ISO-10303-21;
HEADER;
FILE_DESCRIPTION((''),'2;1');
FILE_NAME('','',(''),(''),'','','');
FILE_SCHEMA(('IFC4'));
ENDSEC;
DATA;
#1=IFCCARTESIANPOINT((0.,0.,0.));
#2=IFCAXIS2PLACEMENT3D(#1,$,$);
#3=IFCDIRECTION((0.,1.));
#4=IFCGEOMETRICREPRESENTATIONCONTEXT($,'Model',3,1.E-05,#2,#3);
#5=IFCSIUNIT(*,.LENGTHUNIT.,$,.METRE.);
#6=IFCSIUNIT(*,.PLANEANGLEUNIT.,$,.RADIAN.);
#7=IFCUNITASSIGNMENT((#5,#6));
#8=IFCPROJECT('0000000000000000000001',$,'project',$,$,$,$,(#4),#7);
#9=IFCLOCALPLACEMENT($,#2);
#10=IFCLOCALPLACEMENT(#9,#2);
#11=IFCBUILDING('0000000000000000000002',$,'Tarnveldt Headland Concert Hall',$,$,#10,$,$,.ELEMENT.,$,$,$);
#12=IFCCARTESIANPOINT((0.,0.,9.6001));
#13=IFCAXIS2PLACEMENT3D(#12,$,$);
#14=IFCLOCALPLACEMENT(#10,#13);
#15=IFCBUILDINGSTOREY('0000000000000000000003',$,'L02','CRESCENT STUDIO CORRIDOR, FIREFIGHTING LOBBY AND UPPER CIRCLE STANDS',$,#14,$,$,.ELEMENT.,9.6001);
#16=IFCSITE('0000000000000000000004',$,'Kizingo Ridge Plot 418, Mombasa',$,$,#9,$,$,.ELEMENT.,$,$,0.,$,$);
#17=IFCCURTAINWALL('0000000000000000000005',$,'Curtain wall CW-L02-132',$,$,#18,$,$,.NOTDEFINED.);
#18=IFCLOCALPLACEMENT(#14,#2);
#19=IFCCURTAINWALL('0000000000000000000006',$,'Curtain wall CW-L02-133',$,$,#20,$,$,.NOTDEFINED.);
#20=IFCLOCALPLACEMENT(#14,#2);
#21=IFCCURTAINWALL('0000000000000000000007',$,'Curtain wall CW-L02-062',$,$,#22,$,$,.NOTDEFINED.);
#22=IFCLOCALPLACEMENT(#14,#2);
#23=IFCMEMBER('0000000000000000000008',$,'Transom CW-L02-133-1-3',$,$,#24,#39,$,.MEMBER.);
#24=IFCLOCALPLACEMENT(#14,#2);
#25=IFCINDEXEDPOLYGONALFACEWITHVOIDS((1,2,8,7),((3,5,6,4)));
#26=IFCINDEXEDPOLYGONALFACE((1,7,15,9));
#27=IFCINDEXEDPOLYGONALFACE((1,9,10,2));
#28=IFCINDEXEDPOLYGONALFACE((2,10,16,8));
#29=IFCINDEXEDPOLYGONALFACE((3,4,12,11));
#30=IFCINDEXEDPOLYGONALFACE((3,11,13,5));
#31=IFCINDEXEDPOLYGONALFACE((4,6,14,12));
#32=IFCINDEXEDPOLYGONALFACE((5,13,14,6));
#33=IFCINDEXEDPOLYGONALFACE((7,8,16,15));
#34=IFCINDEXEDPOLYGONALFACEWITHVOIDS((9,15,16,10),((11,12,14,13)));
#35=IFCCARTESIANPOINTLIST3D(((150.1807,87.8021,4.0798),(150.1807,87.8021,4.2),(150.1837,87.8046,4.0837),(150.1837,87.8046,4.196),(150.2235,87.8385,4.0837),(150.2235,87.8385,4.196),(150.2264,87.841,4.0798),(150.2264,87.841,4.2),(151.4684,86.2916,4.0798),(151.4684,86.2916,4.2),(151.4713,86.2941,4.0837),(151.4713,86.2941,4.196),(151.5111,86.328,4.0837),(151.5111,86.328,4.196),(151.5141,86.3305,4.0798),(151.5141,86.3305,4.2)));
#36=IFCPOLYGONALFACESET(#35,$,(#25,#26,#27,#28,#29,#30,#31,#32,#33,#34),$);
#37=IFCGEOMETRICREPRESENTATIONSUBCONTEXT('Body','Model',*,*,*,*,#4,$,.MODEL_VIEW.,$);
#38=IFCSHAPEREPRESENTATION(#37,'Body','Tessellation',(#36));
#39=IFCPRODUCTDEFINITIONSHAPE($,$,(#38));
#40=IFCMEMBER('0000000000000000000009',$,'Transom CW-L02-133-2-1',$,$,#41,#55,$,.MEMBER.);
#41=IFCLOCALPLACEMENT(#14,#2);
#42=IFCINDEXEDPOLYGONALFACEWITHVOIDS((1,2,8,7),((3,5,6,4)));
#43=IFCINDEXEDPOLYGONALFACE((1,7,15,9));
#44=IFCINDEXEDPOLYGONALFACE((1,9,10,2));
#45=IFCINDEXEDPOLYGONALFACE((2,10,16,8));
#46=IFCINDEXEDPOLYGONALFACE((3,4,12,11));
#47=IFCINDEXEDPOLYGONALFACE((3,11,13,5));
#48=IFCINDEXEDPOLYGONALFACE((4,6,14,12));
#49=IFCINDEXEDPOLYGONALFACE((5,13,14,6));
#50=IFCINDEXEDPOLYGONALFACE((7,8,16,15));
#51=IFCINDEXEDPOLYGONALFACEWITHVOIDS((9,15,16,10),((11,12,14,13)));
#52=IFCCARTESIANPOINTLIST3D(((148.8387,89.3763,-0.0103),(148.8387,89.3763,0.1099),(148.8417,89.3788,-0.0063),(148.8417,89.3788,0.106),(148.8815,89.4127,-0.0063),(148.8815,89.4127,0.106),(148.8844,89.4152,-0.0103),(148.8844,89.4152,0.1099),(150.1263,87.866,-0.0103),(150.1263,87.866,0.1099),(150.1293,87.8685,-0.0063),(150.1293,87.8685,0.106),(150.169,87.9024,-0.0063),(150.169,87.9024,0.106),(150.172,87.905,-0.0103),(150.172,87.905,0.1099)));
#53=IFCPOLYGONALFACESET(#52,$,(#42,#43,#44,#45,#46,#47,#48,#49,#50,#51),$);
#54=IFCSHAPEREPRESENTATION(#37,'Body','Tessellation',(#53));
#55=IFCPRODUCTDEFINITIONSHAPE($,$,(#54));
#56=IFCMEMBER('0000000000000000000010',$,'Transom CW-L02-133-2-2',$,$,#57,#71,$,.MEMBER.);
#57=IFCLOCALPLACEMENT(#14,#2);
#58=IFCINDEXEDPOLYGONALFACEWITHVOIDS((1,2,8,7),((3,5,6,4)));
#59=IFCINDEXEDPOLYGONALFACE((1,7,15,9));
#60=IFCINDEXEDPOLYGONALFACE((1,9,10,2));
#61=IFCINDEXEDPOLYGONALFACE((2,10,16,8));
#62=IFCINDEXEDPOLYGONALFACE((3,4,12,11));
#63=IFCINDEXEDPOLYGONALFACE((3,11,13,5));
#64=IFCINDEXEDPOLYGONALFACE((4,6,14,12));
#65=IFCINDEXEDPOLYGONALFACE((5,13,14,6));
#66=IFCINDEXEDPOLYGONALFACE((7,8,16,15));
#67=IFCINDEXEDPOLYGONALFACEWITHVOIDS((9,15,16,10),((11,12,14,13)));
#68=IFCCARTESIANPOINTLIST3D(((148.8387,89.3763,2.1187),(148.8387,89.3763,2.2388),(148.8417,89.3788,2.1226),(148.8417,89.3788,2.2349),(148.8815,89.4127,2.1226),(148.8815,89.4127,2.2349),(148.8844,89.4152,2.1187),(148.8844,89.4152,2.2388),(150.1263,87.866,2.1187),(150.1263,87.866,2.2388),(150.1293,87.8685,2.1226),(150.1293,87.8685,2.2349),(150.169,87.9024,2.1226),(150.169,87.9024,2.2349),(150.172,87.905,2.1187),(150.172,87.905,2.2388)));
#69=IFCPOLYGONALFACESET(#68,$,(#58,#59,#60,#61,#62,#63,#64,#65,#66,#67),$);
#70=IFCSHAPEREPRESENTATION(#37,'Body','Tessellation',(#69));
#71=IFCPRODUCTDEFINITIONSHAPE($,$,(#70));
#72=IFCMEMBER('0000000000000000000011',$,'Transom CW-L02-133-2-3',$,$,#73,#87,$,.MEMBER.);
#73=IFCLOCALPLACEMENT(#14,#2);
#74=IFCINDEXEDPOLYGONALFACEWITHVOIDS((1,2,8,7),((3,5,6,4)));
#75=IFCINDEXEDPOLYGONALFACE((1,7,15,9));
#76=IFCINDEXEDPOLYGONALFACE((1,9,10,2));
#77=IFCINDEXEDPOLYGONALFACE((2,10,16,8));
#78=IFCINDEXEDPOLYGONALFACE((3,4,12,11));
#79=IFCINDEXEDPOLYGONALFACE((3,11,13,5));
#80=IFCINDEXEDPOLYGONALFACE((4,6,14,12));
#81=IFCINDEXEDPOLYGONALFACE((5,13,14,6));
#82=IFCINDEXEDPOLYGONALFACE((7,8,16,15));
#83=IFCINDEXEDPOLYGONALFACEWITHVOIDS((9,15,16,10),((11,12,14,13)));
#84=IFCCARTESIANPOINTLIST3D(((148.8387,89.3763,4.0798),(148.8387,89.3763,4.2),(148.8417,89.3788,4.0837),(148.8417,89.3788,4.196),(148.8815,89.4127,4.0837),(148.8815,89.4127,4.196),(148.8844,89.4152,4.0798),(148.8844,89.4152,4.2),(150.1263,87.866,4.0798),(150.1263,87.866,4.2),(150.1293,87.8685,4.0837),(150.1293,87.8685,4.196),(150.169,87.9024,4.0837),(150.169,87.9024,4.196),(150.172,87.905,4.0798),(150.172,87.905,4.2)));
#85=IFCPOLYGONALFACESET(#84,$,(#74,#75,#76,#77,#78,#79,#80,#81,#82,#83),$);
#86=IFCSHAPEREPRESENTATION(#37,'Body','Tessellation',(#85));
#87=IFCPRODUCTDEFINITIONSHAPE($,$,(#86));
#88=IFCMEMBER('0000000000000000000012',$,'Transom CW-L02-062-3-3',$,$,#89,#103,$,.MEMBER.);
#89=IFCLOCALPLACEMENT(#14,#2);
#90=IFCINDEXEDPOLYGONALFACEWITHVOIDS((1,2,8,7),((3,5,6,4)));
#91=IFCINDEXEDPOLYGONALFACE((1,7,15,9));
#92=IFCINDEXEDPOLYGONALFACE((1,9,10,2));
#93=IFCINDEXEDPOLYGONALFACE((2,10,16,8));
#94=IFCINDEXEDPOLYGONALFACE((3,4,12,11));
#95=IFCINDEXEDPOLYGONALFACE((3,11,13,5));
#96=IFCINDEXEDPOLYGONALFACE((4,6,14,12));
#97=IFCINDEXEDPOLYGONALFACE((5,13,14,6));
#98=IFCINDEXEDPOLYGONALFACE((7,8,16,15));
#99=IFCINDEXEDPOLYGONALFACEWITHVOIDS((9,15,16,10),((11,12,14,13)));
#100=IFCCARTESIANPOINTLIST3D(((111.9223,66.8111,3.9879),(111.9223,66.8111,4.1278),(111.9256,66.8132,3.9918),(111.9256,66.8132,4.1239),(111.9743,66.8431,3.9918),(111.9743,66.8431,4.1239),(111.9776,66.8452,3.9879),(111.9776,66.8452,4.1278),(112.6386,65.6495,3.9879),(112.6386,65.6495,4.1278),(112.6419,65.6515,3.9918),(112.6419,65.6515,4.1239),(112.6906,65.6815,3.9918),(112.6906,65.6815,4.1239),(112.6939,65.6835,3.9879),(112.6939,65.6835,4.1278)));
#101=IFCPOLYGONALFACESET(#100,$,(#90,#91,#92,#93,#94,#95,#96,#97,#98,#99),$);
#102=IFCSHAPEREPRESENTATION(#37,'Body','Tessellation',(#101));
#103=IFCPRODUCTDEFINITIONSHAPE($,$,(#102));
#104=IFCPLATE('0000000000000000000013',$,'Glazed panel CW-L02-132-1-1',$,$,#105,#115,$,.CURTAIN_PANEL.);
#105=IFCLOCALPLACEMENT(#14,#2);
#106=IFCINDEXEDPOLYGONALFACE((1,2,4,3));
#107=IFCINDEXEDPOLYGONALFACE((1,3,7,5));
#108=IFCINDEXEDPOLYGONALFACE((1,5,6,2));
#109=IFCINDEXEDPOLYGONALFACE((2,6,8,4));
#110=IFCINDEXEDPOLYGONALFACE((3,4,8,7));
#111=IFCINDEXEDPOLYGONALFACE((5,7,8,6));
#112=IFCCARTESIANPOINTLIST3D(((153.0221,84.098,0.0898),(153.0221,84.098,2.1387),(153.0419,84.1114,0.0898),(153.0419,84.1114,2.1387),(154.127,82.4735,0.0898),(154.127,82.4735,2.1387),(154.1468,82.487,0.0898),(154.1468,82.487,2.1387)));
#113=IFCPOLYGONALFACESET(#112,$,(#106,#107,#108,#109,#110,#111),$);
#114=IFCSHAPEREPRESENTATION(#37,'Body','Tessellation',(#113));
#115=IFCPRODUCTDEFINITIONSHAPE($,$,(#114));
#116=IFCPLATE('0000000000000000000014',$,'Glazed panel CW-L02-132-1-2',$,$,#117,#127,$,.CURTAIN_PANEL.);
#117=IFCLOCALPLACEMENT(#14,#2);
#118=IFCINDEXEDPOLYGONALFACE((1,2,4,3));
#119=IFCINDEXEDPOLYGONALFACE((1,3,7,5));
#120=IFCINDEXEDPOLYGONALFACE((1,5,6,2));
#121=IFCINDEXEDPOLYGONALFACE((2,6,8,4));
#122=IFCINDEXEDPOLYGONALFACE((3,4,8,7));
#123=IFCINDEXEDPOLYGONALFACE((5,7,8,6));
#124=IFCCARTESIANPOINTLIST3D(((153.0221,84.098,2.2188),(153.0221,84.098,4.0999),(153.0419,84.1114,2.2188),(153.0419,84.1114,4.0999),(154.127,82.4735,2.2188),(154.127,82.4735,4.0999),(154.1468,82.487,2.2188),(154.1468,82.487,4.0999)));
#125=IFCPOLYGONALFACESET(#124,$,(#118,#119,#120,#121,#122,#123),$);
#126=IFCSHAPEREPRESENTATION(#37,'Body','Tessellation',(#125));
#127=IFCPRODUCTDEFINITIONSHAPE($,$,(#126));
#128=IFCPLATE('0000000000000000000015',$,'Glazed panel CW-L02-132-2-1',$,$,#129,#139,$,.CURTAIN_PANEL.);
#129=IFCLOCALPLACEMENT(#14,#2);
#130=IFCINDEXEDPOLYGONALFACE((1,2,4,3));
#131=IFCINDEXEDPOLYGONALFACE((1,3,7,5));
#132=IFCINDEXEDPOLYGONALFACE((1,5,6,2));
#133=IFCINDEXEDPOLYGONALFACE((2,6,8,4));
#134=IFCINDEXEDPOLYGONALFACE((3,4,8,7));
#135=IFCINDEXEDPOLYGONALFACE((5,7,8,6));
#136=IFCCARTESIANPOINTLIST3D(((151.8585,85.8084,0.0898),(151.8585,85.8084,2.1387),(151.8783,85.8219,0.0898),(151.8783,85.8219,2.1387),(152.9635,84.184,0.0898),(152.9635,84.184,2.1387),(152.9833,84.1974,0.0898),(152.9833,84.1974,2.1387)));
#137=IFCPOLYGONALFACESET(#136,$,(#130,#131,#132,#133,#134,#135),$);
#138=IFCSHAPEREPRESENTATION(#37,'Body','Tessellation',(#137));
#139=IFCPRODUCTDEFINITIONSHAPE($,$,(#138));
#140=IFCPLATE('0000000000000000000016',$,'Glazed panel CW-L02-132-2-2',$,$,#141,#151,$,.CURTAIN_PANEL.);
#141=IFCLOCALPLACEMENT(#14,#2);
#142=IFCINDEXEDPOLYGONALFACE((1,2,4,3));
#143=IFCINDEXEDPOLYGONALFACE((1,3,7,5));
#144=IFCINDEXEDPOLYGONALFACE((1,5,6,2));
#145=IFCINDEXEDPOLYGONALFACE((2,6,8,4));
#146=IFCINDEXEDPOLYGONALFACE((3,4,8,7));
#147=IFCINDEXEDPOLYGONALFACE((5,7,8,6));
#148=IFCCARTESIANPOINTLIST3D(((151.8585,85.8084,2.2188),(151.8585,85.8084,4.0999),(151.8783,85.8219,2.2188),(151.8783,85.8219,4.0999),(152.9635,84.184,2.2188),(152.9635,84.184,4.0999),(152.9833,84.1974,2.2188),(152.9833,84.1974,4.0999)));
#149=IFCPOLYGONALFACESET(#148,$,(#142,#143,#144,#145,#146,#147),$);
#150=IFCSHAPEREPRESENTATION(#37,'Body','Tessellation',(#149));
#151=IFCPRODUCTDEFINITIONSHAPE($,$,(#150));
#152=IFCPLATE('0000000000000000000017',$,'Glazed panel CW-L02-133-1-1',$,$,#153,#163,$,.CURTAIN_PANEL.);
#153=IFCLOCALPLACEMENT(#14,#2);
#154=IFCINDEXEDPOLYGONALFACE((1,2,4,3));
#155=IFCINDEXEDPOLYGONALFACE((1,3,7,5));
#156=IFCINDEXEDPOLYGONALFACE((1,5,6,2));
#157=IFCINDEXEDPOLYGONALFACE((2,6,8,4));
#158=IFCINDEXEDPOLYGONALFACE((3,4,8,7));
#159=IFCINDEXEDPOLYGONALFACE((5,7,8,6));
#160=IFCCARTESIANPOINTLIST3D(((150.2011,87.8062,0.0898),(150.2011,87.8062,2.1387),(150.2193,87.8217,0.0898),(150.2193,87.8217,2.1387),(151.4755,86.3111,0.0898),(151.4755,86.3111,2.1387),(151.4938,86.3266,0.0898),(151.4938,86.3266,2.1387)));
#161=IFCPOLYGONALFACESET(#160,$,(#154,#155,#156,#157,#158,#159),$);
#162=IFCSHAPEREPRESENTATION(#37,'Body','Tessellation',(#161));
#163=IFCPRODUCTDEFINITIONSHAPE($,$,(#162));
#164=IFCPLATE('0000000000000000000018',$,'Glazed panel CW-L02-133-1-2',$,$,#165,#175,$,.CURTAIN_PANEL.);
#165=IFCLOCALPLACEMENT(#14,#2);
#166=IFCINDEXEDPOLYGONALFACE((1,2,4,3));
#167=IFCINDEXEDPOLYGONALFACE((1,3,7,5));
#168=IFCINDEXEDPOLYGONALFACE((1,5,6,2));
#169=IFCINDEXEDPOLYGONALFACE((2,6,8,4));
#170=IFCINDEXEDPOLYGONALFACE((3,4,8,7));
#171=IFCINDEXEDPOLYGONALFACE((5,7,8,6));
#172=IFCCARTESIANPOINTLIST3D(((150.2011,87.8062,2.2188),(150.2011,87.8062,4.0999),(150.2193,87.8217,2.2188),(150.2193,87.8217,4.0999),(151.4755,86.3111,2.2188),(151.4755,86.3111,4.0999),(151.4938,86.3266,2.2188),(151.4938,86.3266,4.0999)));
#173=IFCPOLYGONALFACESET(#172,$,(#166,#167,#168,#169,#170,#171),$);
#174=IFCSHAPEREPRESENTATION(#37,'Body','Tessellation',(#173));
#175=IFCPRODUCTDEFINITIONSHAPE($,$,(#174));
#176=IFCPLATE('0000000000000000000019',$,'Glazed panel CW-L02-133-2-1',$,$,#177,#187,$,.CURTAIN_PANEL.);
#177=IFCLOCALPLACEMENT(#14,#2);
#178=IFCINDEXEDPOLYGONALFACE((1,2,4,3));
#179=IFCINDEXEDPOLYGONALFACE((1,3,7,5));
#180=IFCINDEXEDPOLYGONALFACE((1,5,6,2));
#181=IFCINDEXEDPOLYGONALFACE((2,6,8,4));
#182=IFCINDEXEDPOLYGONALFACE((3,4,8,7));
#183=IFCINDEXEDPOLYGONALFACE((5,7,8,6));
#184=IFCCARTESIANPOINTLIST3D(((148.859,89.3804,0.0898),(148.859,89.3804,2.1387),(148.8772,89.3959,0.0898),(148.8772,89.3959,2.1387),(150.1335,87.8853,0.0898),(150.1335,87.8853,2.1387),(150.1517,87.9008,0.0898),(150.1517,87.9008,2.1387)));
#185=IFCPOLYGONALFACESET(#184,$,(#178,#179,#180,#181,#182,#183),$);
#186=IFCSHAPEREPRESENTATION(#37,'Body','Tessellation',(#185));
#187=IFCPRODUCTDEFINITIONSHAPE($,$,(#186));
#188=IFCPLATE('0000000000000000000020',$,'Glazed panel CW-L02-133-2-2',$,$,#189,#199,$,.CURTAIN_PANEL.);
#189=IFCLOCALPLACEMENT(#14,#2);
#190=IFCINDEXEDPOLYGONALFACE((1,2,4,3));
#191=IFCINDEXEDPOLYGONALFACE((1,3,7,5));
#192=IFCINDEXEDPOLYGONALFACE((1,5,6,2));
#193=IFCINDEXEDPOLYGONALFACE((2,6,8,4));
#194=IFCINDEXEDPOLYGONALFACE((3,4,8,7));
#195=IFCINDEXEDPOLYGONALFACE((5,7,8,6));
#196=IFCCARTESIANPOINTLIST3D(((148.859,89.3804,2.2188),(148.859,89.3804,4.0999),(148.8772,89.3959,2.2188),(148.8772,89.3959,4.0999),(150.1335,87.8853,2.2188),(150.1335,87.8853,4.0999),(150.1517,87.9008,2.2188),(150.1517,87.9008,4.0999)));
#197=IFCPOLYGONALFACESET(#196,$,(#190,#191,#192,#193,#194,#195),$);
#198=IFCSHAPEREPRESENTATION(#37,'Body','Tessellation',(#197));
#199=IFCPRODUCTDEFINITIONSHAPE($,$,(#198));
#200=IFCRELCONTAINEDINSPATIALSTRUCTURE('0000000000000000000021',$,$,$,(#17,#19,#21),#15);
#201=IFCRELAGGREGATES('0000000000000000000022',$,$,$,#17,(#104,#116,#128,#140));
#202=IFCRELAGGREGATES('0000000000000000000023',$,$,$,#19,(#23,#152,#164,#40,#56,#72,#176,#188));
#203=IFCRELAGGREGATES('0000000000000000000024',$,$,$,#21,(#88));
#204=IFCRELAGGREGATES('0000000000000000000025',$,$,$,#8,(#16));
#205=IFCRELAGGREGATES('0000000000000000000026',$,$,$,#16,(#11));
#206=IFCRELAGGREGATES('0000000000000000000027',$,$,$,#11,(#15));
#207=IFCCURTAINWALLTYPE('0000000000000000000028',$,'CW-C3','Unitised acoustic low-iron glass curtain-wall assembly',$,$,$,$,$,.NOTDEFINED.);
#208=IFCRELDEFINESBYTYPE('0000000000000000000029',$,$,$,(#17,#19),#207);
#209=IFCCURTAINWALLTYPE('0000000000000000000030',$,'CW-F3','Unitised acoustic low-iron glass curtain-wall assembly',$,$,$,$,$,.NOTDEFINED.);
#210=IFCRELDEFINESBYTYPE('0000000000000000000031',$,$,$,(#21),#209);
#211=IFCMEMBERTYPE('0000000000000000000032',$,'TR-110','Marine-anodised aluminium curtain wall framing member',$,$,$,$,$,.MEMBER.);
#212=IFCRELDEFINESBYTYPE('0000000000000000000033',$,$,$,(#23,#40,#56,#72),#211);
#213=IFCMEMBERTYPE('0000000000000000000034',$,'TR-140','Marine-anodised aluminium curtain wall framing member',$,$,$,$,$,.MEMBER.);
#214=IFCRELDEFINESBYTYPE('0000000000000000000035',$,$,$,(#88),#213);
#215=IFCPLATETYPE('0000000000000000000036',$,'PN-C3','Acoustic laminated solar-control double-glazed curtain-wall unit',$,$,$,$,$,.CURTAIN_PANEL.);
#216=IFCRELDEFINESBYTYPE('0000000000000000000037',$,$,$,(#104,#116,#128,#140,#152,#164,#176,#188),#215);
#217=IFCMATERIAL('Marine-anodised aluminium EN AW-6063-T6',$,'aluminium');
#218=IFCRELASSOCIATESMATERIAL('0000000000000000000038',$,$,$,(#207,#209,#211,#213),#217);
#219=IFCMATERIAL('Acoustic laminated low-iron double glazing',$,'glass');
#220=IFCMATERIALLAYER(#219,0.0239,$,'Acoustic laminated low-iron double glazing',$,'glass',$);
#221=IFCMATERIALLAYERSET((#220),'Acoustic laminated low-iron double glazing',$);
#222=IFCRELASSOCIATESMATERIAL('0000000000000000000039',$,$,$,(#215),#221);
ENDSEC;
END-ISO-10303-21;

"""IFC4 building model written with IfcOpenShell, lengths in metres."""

from ifc_helpers import new_model, si_unit, direction, frame, origin, origin_2d, place, context, subcontext, project, spatial, rectangle, hollow_rectangle, extrude, material, layer, layer_set, material_profile, profile_set, type_object, element, aggregate, save


model = new_model("IFC4")

# Units and contexts
model_context = context("Model", 3, precision=1e-05, world=origin(), true_north=direction((0.0, 1.0)))
body_context = subcontext(model_context, "Body", "Model", "MODEL_VIEW")
ifc_project = project(units=[si_unit("LENGTHUNIT", "METRE"), si_unit("PLANEANGLEUNIT", "RADIAN")], contexts=[model_context])

# Site, building, storey
site_placement = place(None, origin())
site = spatial("IfcSite", under=ifc_project, at=site_placement, Name="Kizingo Ridge Plot 418, Mombasa", CompositionType="ELEMENT", RefElevation=0.0)
building_placement = place(site_placement, origin())
building = spatial("IfcBuilding", under=site, at=building_placement, Name="Tarnveldt Headland Concert Hall", CompositionType="ELEMENT")
storey_placement = place(building_placement, frame((0.0, 0.0, 9.6001)))
storey = spatial("IfcBuildingStorey", under=building, at=storey_placement, Name="L02", Description="CRESCENT STUDIO CORRIDOR, FIREFIGHTING LOBBY AND UPPER CIRCLE STANDS", CompositionType="ELEMENT", Elevation=9.6001)

# Curtain walls
ifc_material_1 = material(Name="Marine-anodised aluminium EN AW-6063-T6", Category="aluminium")
curtain_wall_type_1 = type_object("IfcCurtainWallType", Name="CW-C3", Description="Unitised acoustic low-iron glass curtain-wall assembly", PredefinedType="NOTDEFINED", material=ifc_material_1)
curtain_wall_1_placement = place(storey_placement, origin())
curtain_wall_1 = element("IfcCurtainWall", 1, at=curtain_wall_1_placement, inside=storey, type_object=curtain_wall_type_1, Name="Curtain wall CW-L02-132", PredefinedType="NOTDEFINED")
curtain_wall_2_placement = place(storey_placement, origin())
curtain_wall_2 = element("IfcCurtainWall", 2, at=curtain_wall_2_placement, inside=storey, type_object=curtain_wall_type_1, Name="Curtain wall CW-L02-133", PredefinedType="NOTDEFINED")

# Curtain wall
curtain_wall_type_2 = type_object("IfcCurtainWallType", Name="CW-F3", Description="Unitised acoustic low-iron glass curtain-wall assembly", PredefinedType="NOTDEFINED", material=ifc_material_1)
curtain_wall_3_placement = place(storey_placement, origin())
curtain_wall_3 = element("IfcCurtainWall", 3, at=curtain_wall_3_placement, inside=storey, type_object=curtain_wall_type_2, Name="Curtain wall CW-L02-062", PredefinedType="NOTDEFINED")

# Members
ifc_material_profile_1 = material_profile(ifc_material_1, hollow_rectangle(XDim=0.0601, YDim=0.1201, WallThickness=0.0039, at=origin_2d()), Name="ALU TRANSOM 60x120x4", Category="aluminium")
ifc_profile_set_1 = profile_set([ifc_material_profile_1], Name="Marine-anodised aluminium EN AW-6063-T6")
member_type_1 = type_object("IfcMemberType", Name="TR-110", Description="Marine-anodised aluminium curtain wall framing member", PredefinedType="MEMBER", material=ifc_profile_set_1)
member_1_placement = place(storey_placement, frame((151.4912, 86.311, 4.1399), z_axis=(-0.648722, 0.761025, 0.0), x_axis=(-0.761025, -0.648722, 0.0)))
member_1 = element("IfcMember", 4, at=member_1_placement, type_object=member_type_1, Name="Transom CW-L02-133-1-3", PredefinedType="MEMBER", context=body_context, shape_type="SweptSolid", body=[
    extrude(hollow_rectangle(XDim=0.0601, YDim=0.1201, WallThickness=0.0039, at=origin_2d()), origin(), (0.0, 0.0, 1.0), 1.9849),
])
member_2_placement = place(storey_placement, frame((150.1492, 87.8855, 0.0498), z_axis=(-0.648783, 0.760973, 0.0), x_axis=(-0.760973, -0.648783, 0.0)))
member_2 = element("IfcMember", 5, at=member_2_placement, type_object=member_type_1, Name="Transom CW-L02-133-2-1", PredefinedType="MEMBER", context=body_context, shape_type="SweptSolid", body=[
    extrude(hollow_rectangle(XDim=0.0601, YDim=0.1201, WallThickness=0.0039, at=origin_2d()), origin(), (0.0, 0.0, 1.0), 1.9846),
])
member_3_placement = place(storey_placement, frame((150.1492, 87.8855, 2.1787), z_axis=(-0.648783, 0.760973, 0.0), x_axis=(-0.760973, -0.648783, 0.0)))
member_3 = element("IfcMember", 6, at=member_3_placement, type_object=member_type_1, Name="Transom CW-L02-133-2-2", PredefinedType="MEMBER", context=body_context, shape_type="SweptSolid", body=[
    extrude(hollow_rectangle(XDim=0.0601, YDim=0.1201, WallThickness=0.0039, at=origin_2d()), origin(), (0.0, 0.0, 1.0), 1.9846),
])
member_4_placement = place(storey_placement, frame((150.1492, 87.8855, 4.1399), z_axis=(-0.648783, 0.760973, 0.0), x_axis=(-0.760973, -0.648783, 0.0)))
member_4 = element("IfcMember", 7, at=member_4_placement, type_object=member_type_1, Name="Transom CW-L02-133-2-3", PredefinedType="MEMBER", context=body_context, shape_type="SweptSolid", body=[
    extrude(hollow_rectangle(XDim=0.0601, YDim=0.1201, WallThickness=0.0039, at=origin_2d()), origin(), (0.0, 0.0, 1.0), 1.9846),
])
ifc_material_profile_2 = material_profile(ifc_material_1, hollow_rectangle(XDim=0.0649, YDim=0.1399, WallThickness=0.0039, at=origin_2d()), Name="ALU TRANSOM 65x140x4", Category="aluminium")
ifc_profile_set_2 = profile_set([ifc_material_profile_2], Name="Marine-anodised aluminium EN AW-6063-T6")
member_type_2 = type_object("IfcMemberType", Name="TR-140", Description="Marine-anodised aluminium curtain wall framing member", PredefinedType="MEMBER", material=ifc_profile_set_2)
member_5_placement = place(storey_placement, frame((112.6663, 65.6665, 4.0579), z_axis=(-0.524876, 0.851179, 0.0), x_axis=(-0.851179, -0.524876, 0.0)))
member_5 = element("IfcMember", 8, at=member_5_placement, type_object=member_type_2, Name="Transom CW-L02-062-3-3", PredefinedType="MEMBER", context=body_context, shape_type="SweptSolid", body=[
    extrude(hollow_rectangle(XDim=0.0649, YDim=0.1399, WallThickness=0.0039, at=origin_2d()), origin(), (0.0, 0.0, 1.0), 1.3647),
])

# Plates
ifc_material_2 = material(Name="Acoustic laminated low-iron double glazing", Category="glass")
ifc_layer_1 = layer(ifc_material_2, 0.0239, Name="Acoustic laminated low-iron double glazing", Category="glass")
ifc_layer_set_1 = layer_set([ifc_layer_1], Name="Acoustic laminated low-iron double glazing")
plate_type_1 = type_object("IfcPlateType", Name="PN-C3", Description="Acoustic laminated solar-control double-glazed curtain-wall unit", PredefinedType="CURTAIN_PANEL", material=ifc_layer_set_1)
plate_1_placement = place(storey_placement, frame((153.5845, 83.2925, 0.0898), z_axis=(0.0, 0.0, 1.0), x_axis=(-0.562415, 0.826855, 0.0)))
plate_1 = element("IfcPlate", 9, at=plate_1_placement, type_object=plate_type_1, Name="Glazed panel CW-L02-132-1-1", PredefinedType="CURTAIN_PANEL", context=body_context, shape_type="SweptSolid", body=[
    extrude(rectangle(XDim=1.9646, YDim=0.0239, at=origin_2d()), origin(), (0.0, 0.0, 1.0), 2.0488),
])
plate_2_placement = place(storey_placement, frame((153.5845, 83.2925, 2.2188), z_axis=(0.0, 0.0, 1.0), x_axis=(-0.562415, 0.826855, 0.0)))
plate_2 = element("IfcPlate", 10, at=plate_2_placement, type_object=plate_type_1, Name="Glazed panel CW-L02-132-1-2", PredefinedType="CURTAIN_PANEL", context=body_context, shape_type="SweptSolid", body=[
    extrude(rectangle(XDim=1.9646, YDim=0.0239, at=origin_2d()), origin(), (0.0, 0.0, 1.0), 1.8811),
])
plate_3_placement = place(storey_placement, frame((152.4209, 85.0029, 0.0898), z_axis=(0.0, 0.0, 1.0), x_axis=(-0.562415, 0.826855, 0.0)))
plate_3 = element("IfcPlate", 11, at=plate_3_placement, type_object=plate_type_1, Name="Glazed panel CW-L02-132-2-1", PredefinedType="CURTAIN_PANEL", context=body_context, shape_type="SweptSolid", body=[
    extrude(rectangle(XDim=1.9646, YDim=0.0239, at=origin_2d()), origin(), (0.0, 0.0, 1.0), 2.0488),
])
plate_4_placement = place(storey_placement, frame((152.4209, 85.0029, 2.2188), z_axis=(0.0, 0.0, 1.0), x_axis=(-0.562415, 0.826855, 0.0)))
plate_4 = element("IfcPlate", 12, at=plate_4_placement, type_object=plate_type_1, Name="Glazed panel CW-L02-132-2-2", PredefinedType="CURTAIN_PANEL", context=body_context, shape_type="SweptSolid", body=[
    extrude(rectangle(XDim=1.9646, YDim=0.0239, at=origin_2d()), origin(), (0.0, 0.0, 1.0), 1.8811),
])
aggregate(curtain_wall_1, [plate_1, plate_2, plate_3, plate_4])
plate_5_placement = place(storey_placement, frame((150.8474, 87.0664, 0.0898), z_axis=(0.0, 0.0, 1.0), x_axis=(-0.648718, 0.761029, 0.0)))
plate_5 = element("IfcPlate", 13, at=plate_5_placement, type_object=plate_type_1, Name="Glazed panel CW-L02-133-1-1", PredefinedType="CURTAIN_PANEL", context=body_context, shape_type="SweptSolid", body=[
    extrude(rectangle(XDim=1.9646, YDim=0.0239, at=origin_2d()), origin(), (0.0, 0.0, 1.0), 2.0488),
])
plate_6_placement = place(storey_placement, frame((150.8474, 87.0664, 2.2188), z_axis=(0.0, 0.0, 1.0), x_axis=(-0.648718, 0.761029, 0.0)))
plate_6 = element("IfcPlate", 14, at=plate_6_placement, type_object=plate_type_1, Name="Glazed panel CW-L02-133-1-2", PredefinedType="CURTAIN_PANEL", context=body_context, shape_type="SweptSolid", body=[
    extrude(rectangle(XDim=1.9646, YDim=0.0239, at=origin_2d()), origin(), (0.0, 0.0, 1.0), 1.8811),
])
plate_7_placement = place(storey_placement, frame((149.5054, 88.6406, 0.0898), z_axis=(0.0, 0.0, 1.0), x_axis=(-0.648718, 0.761029, 0.0)))
plate_7 = element("IfcPlate", 15, at=plate_7_placement, type_object=plate_type_1, Name="Glazed panel CW-L02-133-2-1", PredefinedType="CURTAIN_PANEL", context=body_context, shape_type="SweptSolid", body=[
    extrude(rectangle(XDim=1.9646, YDim=0.0239, at=origin_2d()), origin(), (0.0, 0.0, 1.0), 2.0488),
])
plate_8_placement = place(storey_placement, frame((149.5054, 88.6406, 2.2188), z_axis=(0.0, 0.0, 1.0), x_axis=(-0.648718, 0.761029, 0.0)))
plate_8 = element("IfcPlate", 16, at=plate_8_placement, type_object=plate_type_1, Name="Glazed panel CW-L02-133-2-2", PredefinedType="CURTAIN_PANEL", context=body_context, shape_type="SweptSolid", body=[
    extrude(rectangle(XDim=1.9646, YDim=0.0239, at=origin_2d()), origin(), (0.0, 0.0, 1.0), 1.8811),
])
aggregate(curtain_wall_2, [member_1, plate_5, plate_6, member_2, member_3, member_4, plate_7, plate_8])
aggregate(curtain_wall_3, [member_5])

save(model, "model.ifc")
